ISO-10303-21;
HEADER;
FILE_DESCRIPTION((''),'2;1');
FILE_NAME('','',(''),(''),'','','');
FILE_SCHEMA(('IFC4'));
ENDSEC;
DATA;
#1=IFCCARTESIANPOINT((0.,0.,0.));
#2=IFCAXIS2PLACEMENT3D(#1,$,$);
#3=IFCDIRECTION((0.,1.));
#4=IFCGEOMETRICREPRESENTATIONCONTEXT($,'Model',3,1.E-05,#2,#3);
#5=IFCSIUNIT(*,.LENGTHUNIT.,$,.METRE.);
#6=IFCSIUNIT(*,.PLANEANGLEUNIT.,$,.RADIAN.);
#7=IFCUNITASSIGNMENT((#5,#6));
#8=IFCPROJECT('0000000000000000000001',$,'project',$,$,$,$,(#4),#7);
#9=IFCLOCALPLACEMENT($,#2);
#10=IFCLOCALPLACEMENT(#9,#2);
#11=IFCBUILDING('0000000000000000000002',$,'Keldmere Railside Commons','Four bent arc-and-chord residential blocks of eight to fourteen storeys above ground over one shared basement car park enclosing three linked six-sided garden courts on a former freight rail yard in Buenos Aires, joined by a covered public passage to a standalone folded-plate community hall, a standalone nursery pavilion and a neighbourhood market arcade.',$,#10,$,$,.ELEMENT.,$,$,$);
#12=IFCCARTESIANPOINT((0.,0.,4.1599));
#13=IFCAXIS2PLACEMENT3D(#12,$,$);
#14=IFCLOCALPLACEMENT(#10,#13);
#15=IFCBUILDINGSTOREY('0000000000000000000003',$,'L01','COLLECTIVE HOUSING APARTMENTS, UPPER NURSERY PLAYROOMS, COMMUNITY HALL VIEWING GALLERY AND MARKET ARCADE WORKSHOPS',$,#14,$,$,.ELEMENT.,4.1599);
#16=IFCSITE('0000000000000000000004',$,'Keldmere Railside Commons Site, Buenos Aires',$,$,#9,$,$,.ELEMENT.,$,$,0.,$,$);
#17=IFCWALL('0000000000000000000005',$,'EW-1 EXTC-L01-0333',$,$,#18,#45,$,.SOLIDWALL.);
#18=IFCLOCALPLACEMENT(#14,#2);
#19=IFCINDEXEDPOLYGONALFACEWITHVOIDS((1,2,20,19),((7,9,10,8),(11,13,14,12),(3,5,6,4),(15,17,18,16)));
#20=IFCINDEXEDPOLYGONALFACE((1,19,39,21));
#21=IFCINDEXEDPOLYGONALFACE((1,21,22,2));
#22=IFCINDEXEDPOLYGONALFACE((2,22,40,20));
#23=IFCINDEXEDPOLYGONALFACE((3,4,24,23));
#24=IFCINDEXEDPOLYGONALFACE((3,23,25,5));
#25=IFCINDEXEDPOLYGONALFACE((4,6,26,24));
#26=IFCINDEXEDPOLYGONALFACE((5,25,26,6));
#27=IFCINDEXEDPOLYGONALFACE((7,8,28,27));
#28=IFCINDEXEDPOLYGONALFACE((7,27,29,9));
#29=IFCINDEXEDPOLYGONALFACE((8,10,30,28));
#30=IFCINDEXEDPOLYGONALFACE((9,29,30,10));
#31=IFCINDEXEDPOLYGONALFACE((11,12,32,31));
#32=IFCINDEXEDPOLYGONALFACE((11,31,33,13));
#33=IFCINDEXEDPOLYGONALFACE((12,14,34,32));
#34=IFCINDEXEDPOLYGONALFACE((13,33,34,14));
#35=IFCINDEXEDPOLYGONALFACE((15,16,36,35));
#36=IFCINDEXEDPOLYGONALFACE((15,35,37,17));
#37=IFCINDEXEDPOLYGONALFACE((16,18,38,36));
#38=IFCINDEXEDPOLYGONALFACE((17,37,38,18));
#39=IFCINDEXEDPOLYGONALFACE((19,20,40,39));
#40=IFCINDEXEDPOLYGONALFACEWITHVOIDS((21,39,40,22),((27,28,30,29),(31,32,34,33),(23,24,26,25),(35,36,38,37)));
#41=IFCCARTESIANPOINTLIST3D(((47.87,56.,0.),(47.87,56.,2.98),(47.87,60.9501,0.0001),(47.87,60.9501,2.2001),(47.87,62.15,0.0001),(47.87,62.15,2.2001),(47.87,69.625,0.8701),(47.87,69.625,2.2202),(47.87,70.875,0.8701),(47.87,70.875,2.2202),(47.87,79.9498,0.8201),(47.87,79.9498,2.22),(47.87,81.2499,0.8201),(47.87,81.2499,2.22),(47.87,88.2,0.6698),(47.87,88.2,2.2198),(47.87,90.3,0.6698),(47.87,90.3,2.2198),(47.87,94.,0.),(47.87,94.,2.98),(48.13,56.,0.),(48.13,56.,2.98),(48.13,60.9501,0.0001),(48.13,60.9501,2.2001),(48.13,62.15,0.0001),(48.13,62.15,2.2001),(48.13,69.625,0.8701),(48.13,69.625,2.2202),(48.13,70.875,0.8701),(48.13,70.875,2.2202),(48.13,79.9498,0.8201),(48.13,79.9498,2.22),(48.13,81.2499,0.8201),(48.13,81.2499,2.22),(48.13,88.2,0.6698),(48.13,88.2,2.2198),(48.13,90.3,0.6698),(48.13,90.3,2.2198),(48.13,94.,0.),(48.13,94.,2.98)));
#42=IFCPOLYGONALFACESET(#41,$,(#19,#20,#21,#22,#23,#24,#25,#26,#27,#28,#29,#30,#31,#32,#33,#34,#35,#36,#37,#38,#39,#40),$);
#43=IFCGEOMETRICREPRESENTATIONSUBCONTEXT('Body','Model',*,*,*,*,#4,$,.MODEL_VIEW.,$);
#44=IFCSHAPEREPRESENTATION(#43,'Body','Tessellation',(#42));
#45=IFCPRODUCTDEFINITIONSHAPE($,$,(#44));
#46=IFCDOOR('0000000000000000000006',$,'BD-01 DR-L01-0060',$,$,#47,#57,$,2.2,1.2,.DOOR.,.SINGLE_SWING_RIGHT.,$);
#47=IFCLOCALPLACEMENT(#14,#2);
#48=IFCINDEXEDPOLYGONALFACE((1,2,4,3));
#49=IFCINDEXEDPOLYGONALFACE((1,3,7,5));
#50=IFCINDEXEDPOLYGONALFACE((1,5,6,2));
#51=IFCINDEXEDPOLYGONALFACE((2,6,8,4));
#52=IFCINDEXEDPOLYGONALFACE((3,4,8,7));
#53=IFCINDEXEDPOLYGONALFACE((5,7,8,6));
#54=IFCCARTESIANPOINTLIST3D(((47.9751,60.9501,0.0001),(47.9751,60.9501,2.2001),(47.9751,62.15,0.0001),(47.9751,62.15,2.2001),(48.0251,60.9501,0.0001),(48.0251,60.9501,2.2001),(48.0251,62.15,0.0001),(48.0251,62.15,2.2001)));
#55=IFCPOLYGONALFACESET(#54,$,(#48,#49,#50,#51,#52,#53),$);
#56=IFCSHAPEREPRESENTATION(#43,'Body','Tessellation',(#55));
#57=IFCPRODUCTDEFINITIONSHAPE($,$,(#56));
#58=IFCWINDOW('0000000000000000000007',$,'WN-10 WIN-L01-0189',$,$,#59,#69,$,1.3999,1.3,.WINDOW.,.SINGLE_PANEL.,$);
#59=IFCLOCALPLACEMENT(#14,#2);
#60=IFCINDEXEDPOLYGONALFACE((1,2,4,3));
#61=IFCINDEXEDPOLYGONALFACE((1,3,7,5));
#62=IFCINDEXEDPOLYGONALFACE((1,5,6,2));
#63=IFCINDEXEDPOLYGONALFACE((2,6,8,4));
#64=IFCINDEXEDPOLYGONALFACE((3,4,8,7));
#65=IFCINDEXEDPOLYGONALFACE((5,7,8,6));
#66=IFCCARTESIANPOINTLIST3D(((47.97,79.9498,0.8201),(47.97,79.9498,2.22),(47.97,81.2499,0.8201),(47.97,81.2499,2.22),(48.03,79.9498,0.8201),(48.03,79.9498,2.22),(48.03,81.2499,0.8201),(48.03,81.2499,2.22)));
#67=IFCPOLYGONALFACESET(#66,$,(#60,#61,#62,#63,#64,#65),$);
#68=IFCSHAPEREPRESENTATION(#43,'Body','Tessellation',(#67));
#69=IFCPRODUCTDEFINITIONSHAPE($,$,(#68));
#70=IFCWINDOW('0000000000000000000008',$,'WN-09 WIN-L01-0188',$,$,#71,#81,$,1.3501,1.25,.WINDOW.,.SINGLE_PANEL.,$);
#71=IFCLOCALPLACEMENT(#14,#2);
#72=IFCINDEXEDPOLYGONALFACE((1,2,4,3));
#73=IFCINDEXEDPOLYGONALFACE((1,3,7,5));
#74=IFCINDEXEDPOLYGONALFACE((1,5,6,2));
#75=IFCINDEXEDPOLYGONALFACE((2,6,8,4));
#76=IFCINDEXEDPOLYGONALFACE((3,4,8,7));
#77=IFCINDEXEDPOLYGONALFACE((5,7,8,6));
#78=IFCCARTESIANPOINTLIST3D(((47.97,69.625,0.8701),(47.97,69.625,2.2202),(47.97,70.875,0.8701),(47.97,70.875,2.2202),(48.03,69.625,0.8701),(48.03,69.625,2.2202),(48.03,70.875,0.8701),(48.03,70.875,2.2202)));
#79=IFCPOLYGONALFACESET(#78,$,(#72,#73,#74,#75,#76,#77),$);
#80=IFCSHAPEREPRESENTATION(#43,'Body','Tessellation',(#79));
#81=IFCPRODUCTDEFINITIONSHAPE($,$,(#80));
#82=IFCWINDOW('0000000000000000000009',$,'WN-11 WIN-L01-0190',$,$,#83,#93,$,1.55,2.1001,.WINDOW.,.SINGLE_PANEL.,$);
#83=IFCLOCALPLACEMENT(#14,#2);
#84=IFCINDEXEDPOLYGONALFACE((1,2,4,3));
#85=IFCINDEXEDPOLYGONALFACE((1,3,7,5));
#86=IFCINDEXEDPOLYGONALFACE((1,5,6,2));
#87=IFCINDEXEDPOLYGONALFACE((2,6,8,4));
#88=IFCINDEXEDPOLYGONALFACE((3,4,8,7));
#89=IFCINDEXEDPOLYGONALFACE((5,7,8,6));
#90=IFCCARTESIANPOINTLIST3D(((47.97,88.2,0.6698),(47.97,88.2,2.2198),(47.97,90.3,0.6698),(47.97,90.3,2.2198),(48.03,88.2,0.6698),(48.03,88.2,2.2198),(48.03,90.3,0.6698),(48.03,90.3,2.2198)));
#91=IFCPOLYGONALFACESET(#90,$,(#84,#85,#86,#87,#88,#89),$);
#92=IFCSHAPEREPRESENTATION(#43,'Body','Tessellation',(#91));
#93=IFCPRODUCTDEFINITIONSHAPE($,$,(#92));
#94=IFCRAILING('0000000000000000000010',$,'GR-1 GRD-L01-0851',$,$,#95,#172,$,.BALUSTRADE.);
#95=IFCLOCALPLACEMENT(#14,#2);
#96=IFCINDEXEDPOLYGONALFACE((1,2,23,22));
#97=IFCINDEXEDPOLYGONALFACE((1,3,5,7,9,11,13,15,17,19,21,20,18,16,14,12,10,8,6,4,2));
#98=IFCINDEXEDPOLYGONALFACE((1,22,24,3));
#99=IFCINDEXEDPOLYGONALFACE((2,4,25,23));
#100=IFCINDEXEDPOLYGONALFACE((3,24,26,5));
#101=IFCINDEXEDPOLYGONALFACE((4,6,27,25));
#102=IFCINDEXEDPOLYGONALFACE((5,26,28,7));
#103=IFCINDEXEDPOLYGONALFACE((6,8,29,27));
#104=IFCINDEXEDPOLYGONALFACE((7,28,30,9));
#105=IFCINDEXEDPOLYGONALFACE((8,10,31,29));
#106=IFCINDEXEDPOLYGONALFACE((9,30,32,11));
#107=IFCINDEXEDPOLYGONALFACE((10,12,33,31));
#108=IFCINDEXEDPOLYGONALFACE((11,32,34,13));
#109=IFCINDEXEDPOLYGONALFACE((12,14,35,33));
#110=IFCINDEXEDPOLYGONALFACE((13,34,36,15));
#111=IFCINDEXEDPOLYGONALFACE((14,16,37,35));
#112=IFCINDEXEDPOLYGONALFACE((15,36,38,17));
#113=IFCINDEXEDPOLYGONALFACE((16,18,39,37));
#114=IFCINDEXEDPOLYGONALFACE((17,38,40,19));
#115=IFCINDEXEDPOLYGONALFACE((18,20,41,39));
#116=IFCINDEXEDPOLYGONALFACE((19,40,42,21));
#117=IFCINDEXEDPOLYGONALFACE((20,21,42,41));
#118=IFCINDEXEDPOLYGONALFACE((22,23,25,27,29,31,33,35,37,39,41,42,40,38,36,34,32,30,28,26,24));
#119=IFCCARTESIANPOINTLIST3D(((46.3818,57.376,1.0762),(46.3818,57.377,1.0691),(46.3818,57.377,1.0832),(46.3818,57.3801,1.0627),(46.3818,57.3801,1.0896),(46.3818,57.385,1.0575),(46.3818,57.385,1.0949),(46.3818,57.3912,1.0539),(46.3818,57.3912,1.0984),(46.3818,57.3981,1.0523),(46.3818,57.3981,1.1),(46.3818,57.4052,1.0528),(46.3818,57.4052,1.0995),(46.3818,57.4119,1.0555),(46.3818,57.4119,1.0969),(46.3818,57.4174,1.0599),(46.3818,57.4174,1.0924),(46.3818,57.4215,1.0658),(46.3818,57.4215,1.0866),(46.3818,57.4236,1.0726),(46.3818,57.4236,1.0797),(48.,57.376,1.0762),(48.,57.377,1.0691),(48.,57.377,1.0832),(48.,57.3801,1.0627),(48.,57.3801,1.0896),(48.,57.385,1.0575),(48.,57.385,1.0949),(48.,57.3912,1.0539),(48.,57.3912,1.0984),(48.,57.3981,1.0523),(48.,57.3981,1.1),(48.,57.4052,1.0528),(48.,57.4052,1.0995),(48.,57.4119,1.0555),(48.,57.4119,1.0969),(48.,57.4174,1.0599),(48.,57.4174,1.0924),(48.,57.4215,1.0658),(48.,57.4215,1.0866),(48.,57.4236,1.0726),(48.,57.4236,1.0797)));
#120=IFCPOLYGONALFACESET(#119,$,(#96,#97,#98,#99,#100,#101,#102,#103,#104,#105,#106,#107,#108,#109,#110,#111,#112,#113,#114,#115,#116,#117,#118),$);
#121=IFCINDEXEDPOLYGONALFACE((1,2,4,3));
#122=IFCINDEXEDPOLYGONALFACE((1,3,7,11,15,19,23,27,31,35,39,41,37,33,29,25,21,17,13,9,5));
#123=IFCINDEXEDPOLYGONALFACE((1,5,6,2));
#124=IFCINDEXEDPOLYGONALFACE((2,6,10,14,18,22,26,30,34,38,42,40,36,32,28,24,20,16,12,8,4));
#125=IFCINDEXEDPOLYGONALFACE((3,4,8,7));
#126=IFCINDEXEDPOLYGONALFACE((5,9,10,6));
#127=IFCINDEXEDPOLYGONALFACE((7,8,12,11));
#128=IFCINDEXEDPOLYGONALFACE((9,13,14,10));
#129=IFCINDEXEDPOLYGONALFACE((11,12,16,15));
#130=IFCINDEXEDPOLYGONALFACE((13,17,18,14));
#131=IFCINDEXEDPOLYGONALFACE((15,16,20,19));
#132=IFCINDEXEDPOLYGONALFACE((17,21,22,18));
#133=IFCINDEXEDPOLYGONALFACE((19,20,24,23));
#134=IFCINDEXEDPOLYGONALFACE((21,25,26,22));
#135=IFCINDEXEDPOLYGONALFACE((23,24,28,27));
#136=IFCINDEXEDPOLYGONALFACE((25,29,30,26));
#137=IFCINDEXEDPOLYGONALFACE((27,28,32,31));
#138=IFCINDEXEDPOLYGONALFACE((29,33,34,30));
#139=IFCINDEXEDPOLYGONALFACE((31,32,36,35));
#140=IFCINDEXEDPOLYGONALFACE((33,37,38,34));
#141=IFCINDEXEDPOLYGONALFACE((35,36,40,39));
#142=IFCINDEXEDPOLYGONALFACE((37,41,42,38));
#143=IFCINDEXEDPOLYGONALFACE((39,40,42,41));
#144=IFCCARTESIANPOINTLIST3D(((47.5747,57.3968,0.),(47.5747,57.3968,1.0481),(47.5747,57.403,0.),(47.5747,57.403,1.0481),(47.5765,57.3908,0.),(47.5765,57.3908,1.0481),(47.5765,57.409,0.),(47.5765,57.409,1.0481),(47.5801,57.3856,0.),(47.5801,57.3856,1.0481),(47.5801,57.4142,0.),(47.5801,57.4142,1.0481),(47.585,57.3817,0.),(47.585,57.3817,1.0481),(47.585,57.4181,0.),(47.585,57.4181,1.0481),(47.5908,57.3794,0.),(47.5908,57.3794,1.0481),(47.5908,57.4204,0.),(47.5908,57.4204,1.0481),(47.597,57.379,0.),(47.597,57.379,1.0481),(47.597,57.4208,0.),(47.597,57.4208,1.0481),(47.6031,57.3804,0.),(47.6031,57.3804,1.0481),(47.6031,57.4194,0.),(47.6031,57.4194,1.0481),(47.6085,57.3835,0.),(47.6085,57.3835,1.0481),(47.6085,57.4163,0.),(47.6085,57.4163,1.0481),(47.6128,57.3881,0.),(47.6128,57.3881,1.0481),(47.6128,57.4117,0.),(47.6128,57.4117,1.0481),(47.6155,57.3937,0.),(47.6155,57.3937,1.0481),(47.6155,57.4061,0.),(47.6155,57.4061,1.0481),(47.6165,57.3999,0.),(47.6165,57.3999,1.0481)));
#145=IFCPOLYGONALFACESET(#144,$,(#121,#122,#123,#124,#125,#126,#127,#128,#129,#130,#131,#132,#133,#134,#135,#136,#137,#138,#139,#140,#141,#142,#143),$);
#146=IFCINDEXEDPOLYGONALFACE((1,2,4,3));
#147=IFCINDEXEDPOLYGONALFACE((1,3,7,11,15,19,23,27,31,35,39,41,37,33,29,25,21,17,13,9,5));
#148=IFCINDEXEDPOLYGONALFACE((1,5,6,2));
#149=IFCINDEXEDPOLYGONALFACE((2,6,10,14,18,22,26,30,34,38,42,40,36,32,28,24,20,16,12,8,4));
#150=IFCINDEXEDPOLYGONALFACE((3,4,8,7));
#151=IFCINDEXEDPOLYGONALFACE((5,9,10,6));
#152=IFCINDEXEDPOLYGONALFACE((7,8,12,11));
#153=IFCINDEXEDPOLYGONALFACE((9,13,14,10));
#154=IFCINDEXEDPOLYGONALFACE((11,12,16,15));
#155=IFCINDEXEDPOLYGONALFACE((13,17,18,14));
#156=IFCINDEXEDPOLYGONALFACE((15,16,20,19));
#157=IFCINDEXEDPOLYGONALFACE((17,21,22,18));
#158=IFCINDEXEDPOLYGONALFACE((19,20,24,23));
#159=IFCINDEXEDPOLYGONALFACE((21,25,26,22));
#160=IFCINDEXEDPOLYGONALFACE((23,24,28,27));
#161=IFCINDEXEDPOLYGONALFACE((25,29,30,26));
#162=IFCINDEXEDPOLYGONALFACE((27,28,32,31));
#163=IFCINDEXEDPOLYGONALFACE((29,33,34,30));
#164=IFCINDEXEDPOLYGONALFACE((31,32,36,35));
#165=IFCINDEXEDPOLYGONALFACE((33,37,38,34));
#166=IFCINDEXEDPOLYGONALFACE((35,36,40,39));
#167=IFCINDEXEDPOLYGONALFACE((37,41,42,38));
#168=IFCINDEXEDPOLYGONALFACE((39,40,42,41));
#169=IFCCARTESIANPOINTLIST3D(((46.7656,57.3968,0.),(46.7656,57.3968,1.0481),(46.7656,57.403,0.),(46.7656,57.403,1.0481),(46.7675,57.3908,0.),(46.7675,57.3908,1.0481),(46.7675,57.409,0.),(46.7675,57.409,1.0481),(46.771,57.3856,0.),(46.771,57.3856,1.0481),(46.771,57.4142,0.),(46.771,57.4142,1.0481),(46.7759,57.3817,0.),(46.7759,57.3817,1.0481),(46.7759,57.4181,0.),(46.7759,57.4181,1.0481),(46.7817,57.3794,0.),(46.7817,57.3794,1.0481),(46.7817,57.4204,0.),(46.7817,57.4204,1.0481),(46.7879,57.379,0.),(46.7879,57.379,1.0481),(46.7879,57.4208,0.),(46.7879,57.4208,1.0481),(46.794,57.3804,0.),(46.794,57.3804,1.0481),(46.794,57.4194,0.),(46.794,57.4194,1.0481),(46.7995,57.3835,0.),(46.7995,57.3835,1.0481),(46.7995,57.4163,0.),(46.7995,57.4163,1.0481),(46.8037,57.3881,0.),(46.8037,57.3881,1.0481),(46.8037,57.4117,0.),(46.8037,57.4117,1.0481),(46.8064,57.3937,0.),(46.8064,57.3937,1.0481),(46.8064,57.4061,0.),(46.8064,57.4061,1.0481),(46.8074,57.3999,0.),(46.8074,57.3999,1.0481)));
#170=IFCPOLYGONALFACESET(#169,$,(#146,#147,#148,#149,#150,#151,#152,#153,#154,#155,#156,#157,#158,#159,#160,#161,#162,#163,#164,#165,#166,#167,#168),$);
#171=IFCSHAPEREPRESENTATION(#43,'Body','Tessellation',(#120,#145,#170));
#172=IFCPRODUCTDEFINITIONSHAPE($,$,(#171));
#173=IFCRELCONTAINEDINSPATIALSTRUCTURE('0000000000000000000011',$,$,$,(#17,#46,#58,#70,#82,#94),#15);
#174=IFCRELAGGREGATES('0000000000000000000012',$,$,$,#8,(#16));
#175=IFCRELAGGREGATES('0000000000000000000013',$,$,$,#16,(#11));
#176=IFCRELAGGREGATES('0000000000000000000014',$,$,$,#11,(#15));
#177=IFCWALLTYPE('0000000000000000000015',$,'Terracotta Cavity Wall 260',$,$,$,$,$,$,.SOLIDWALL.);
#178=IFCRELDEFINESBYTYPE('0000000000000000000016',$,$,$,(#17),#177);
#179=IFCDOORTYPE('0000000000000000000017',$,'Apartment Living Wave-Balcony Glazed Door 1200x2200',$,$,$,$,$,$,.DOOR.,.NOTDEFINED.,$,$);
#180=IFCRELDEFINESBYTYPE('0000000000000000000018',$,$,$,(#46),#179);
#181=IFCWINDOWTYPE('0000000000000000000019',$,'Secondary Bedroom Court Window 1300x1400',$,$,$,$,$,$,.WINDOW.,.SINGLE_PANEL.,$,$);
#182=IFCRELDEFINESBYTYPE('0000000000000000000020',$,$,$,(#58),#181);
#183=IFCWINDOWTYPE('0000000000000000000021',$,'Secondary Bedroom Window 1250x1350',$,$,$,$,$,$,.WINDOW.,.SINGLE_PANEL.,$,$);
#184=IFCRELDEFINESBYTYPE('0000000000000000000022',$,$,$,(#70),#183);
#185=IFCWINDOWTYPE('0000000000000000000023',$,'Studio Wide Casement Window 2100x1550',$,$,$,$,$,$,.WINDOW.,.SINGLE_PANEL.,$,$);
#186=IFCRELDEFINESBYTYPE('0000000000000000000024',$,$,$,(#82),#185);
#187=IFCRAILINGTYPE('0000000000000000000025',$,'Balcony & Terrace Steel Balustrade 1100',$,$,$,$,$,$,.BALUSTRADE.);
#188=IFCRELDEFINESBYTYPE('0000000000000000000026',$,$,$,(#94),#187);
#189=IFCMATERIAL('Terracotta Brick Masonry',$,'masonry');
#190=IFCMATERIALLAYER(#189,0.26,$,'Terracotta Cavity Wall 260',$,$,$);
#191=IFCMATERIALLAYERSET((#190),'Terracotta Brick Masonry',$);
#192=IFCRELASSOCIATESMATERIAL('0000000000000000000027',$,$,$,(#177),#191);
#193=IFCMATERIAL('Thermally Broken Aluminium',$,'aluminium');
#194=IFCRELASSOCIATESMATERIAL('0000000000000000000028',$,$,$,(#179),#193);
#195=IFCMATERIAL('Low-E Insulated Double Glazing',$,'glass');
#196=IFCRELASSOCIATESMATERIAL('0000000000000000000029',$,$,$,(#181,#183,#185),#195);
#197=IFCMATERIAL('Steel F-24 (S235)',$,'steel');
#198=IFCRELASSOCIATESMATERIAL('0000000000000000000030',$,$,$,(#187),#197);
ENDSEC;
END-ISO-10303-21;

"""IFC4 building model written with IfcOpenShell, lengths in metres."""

from ifc_helpers import new_model, si_unit, direction, frame, frame_2d, origin, origin_2d, place, context, subcontext, project, spatial, rectangle, circle, extrude, material, layer, layer_set, type_object, element, fill, save


model = new_model("IFC4")

# Units and contexts
model_context = context("Model", 3, precision=1e-05, world=origin(), true_north=direction((0.0, 1.0)))
body_context = subcontext(model_context, "Body", "Model", "MODEL_VIEW")
ifc_project = project(units=[si_unit("LENGTHUNIT", "METRE"), si_unit("PLANEANGLEUNIT", "RADIAN")], contexts=[model_context])

# Site, building, storey
site_placement = place(None, origin())
site = spatial("IfcSite", under=ifc_project, at=site_placement, Name="Keldmere Railside Commons Site, Buenos Aires", CompositionType="ELEMENT", RefElevation=0.0)
building_placement = place(site_placement, origin())
building = spatial("IfcBuilding", under=site, at=building_placement, Name="Keldmere Railside Commons", Description="Four bent arc-and-chord residential blocks of eight to fourteen storeys above ground over one shared basement car park enclosing three linked six-sided garden courts on a former freight rail yard in Buenos Aires, joined by a covered public passage to a standalone folded-plate community hall, a standalone nursery pavilion and a neighbourhood market arcade.", CompositionType="ELEMENT")
storey_placement = place(building_placement, frame((0.0, 0.0, 4.1599)))
storey = spatial("IfcBuildingStorey", under=building, at=storey_placement, Name="L01", Description="COLLECTIVE HOUSING APARTMENTS, UPPER NURSERY PLAYROOMS, COMMUNITY HALL VIEWING GALLERY AND MARKET ARCADE WORKSHOPS", CompositionType="ELEMENT", Elevation=4.1599)

# Wall, openings, door, windows
ifc_material_1 = material(Name="Terracotta Brick Masonry", Category="masonry")
ifc_layer_1 = layer(ifc_material_1, 0.26, Name="Terracotta Cavity Wall 260")
ifc_layer_set_1 = layer_set([ifc_layer_1], Name="Terracotta Brick Masonry")
wall_type_1 = type_object("IfcWallType", Name="Terracotta Cavity Wall 260", PredefinedType="SOLIDWALL", material=ifc_layer_set_1)
wall_1_placement = place(storey_placement, frame((48.0, 56.0, 0.0), z_axis=(0.0, 0.0, 1.0), x_axis=(0.0, 1.0, 0.0)))
wall_1 = element("IfcWall", 1, at=wall_1_placement, inside=storey, type_object=wall_type_1, Name="EW-1 EXTC-L01-0333", PredefinedType="SOLIDWALL", context=body_context, shape_type="SweptSolid", body=[
    extrude(rectangle(XDim=38.0, YDim=0.26, at=frame_2d((19.0, 0.0))), origin(), (0.0, 0.0, 1.0), 2.98),
])
opening_1_placement = place(wall_1_placement, frame((4.95, 0.0, 0.0)))
opening_1 = element("IfcOpeningElement", 2, at=opening_1_placement, cuts=wall_1, PredefinedType="OPENING", context=body_context, shape_type="SweptSolid", body=[
    extrude(rectangle(XDim=1.2, YDim=2.2, at=frame_2d((0.6001, 1.1001))), frame((0.0, 0.1399, 0.0), z_axis=(0.0, -1.0, 0.0), x_axis=(1.0, 0.0, 0.0)), (0.0, 0.0, 1.0), 0.28),
])
opening_2_placement = place(wall_1_placement, frame((13.625, 0.0, 0.8701)))
opening_2 = element("IfcOpeningElement", 3, at=opening_2_placement, cuts=wall_1, PredefinedType="OPENING", context=body_context, shape_type="SweptSolid", body=[
    extrude(rectangle(XDim=1.25, YDim=1.3501, at=frame_2d((0.625, 0.675))), frame((0.0, 0.1399, 0.0), z_axis=(0.0, -1.0, 0.0), x_axis=(1.0, 0.0, 0.0)), (0.0, 0.0, 1.0), 0.28),
])
opening_3_placement = place(wall_1_placement, frame((23.95, 0.0, 0.8201)))
opening_3 = element("IfcOpeningElement", 4, at=opening_3_placement, cuts=wall_1, PredefinedType="OPENING", context=body_context, shape_type="SweptSolid", body=[
    extrude(rectangle(XDim=1.3, YDim=1.3999, at=frame_2d((0.6499, 0.7))), frame((0.0, 0.1399, 0.0), z_axis=(0.0, -1.0, 0.0), x_axis=(1.0, 0.0, 0.0)), (0.0, 0.0, 1.0), 0.28),
])
opening_4_placement = place(wall_1_placement, frame((32.2, 0.0, 0.6699)))
opening_4 = element("IfcOpeningElement", 5, at=opening_4_placement, cuts=wall_1, PredefinedType="OPENING", context=body_context, shape_type="SweptSolid", body=[
    extrude(rectangle(XDim=2.1001, YDim=1.55, at=frame_2d((1.05, 0.7749))), frame((0.0, 0.1399, 0.0), z_axis=(0.0, -1.0, 0.0), x_axis=(1.0, 0.0, 0.0)), (0.0, 0.0, 1.0), 0.28),
])
ifc_material_2 = material(Name="Thermally Broken Aluminium", Category="aluminium")
door_type = type_object("IfcDoorType", Name="Apartment Living Wave-Balcony Glazed Door 1200x2200", OperationType="NOTDEFINED", PredefinedType="DOOR", material=ifc_material_2)
door_placement = place(opening_1_placement, origin())
door = element("IfcDoor", 6, at=door_placement, inside=storey, type_object=door_type, Name="BD-01 DR-L01-0060", OperationType="SINGLE_SWING_RIGHT", OverallHeight=2.2, OverallWidth=1.2, PredefinedType="DOOR", context=body_context, shape_type="SweptSolid", body=[
    extrude(rectangle(XDim=1.2, YDim=2.2, at=frame_2d((0.6001, 1.1001))), frame((0.0, 0.0249, 0.0), z_axis=(0.0, -1.0, 0.0), x_axis=(1.0, 0.0, 0.0)), (0.0, 0.0, 1.0), 0.05),
])
fill(opening_1, door)
ifc_material_3 = material(Name="Low-E Insulated Double Glazing", Category="glass")
window_type_1 = type_object("IfcWindowType", Name="Secondary Bedroom Court Window 1300x1400", PartitioningType="SINGLE_PANEL", PredefinedType="WINDOW", material=ifc_material_3)
window_1_placement = place(opening_3_placement, origin())
window_1 = element("IfcWindow", 7, at=window_1_placement, inside=storey, type_object=window_type_1, Name="WN-10 WIN-L01-0189", OverallHeight=1.3999, OverallWidth=1.3, PartitioningType="SINGLE_PANEL", PredefinedType="WINDOW", context=body_context, shape_type="SweptSolid", body=[
    extrude(rectangle(XDim=1.3, YDim=1.3999, at=frame_2d((0.6499, 0.7))), frame((0.0, 0.03, 0.0), z_axis=(0.0, -1.0, 0.0), x_axis=(1.0, 0.0, 0.0)), (0.0, 0.0, 1.0), 0.0601),
])
fill(opening_3, window_1)
window_type_2 = type_object("IfcWindowType", Name="Secondary Bedroom Window 1250x1350", PartitioningType="SINGLE_PANEL", PredefinedType="WINDOW", material=ifc_material_3)
window_2_placement = place(opening_2_placement, origin())
window_2 = element("IfcWindow", 8, at=window_2_placement, inside=storey, type_object=window_type_2, Name="WN-09 WIN-L01-0188", OverallHeight=1.3501, OverallWidth=1.25, PartitioningType="SINGLE_PANEL", PredefinedType="WINDOW", context=body_context, shape_type="SweptSolid", body=[
    extrude(rectangle(XDim=1.25, YDim=1.3501, at=frame_2d((0.625, 0.675))), frame((0.0, 0.03, 0.0), z_axis=(0.0, -1.0, 0.0), x_axis=(1.0, 0.0, 0.0)), (0.0, 0.0, 1.0), 0.0601),
])
fill(opening_2, window_2)
window_type_3 = type_object("IfcWindowType", Name="Studio Wide Casement Window 2100x1550", PartitioningType="SINGLE_PANEL", PredefinedType="WINDOW", material=ifc_material_3)
window_3_placement = place(opening_4_placement, origin())
window_3 = element("IfcWindow", 9, at=window_3_placement, inside=storey, type_object=window_type_3, Name="WN-11 WIN-L01-0190", OverallHeight=1.55, OverallWidth=2.1001, PartitioningType="SINGLE_PANEL", PredefinedType="WINDOW", context=body_context, shape_type="SweptSolid", body=[
    extrude(rectangle(XDim=2.1001, YDim=1.55, at=frame_2d((1.05, 0.7749))), frame((0.0, 0.03, 0.0), z_axis=(0.0, -1.0, 0.0), x_axis=(1.0, 0.0, 0.0)), (0.0, 0.0, 1.0), 0.0601),
])
fill(opening_4, window_3)

# Railing
ifc_material_4 = material(Name="Steel F-24 (S235)", Category="steel")
railing_type = type_object("IfcRailingType", Name="Balcony & Terrace Steel Balustrade 1100", PredefinedType="BALUSTRADE", material=ifc_material_4)
railing_1_placement = place(storey_placement, frame((48.0, 57.3999, 0.0)))
element("IfcRailing", 10, at=railing_1_placement, inside=storey, type_object=railing_type, Name="GR-1 GRD-L01-0851", PredefinedType="BALUSTRADE", context=body_context, shape_type="SweptSolid", body=[
    extrude(circle(Radius=0.0239, at=origin_2d()), frame((0.0, 0.0, 1.0762), z_axis=(-1.0, 0.0, 0.0), x_axis=(0.0, -1.0, 0.0)), (0.0, 0.0, 1.0), 1.6182),
    extrude(circle(Radius=0.021, at=origin_2d()), frame((-0.4045, 0.0, 0.0)), (0.0, 0.0, 1.0), 1.0481),
    extrude(circle(Radius=0.021, at=origin_2d()), frame((-1.2136, 0.0, 0.0)), (0.0, 0.0, 1.0), 1.0481),
])

save(model, "model.ifc")
